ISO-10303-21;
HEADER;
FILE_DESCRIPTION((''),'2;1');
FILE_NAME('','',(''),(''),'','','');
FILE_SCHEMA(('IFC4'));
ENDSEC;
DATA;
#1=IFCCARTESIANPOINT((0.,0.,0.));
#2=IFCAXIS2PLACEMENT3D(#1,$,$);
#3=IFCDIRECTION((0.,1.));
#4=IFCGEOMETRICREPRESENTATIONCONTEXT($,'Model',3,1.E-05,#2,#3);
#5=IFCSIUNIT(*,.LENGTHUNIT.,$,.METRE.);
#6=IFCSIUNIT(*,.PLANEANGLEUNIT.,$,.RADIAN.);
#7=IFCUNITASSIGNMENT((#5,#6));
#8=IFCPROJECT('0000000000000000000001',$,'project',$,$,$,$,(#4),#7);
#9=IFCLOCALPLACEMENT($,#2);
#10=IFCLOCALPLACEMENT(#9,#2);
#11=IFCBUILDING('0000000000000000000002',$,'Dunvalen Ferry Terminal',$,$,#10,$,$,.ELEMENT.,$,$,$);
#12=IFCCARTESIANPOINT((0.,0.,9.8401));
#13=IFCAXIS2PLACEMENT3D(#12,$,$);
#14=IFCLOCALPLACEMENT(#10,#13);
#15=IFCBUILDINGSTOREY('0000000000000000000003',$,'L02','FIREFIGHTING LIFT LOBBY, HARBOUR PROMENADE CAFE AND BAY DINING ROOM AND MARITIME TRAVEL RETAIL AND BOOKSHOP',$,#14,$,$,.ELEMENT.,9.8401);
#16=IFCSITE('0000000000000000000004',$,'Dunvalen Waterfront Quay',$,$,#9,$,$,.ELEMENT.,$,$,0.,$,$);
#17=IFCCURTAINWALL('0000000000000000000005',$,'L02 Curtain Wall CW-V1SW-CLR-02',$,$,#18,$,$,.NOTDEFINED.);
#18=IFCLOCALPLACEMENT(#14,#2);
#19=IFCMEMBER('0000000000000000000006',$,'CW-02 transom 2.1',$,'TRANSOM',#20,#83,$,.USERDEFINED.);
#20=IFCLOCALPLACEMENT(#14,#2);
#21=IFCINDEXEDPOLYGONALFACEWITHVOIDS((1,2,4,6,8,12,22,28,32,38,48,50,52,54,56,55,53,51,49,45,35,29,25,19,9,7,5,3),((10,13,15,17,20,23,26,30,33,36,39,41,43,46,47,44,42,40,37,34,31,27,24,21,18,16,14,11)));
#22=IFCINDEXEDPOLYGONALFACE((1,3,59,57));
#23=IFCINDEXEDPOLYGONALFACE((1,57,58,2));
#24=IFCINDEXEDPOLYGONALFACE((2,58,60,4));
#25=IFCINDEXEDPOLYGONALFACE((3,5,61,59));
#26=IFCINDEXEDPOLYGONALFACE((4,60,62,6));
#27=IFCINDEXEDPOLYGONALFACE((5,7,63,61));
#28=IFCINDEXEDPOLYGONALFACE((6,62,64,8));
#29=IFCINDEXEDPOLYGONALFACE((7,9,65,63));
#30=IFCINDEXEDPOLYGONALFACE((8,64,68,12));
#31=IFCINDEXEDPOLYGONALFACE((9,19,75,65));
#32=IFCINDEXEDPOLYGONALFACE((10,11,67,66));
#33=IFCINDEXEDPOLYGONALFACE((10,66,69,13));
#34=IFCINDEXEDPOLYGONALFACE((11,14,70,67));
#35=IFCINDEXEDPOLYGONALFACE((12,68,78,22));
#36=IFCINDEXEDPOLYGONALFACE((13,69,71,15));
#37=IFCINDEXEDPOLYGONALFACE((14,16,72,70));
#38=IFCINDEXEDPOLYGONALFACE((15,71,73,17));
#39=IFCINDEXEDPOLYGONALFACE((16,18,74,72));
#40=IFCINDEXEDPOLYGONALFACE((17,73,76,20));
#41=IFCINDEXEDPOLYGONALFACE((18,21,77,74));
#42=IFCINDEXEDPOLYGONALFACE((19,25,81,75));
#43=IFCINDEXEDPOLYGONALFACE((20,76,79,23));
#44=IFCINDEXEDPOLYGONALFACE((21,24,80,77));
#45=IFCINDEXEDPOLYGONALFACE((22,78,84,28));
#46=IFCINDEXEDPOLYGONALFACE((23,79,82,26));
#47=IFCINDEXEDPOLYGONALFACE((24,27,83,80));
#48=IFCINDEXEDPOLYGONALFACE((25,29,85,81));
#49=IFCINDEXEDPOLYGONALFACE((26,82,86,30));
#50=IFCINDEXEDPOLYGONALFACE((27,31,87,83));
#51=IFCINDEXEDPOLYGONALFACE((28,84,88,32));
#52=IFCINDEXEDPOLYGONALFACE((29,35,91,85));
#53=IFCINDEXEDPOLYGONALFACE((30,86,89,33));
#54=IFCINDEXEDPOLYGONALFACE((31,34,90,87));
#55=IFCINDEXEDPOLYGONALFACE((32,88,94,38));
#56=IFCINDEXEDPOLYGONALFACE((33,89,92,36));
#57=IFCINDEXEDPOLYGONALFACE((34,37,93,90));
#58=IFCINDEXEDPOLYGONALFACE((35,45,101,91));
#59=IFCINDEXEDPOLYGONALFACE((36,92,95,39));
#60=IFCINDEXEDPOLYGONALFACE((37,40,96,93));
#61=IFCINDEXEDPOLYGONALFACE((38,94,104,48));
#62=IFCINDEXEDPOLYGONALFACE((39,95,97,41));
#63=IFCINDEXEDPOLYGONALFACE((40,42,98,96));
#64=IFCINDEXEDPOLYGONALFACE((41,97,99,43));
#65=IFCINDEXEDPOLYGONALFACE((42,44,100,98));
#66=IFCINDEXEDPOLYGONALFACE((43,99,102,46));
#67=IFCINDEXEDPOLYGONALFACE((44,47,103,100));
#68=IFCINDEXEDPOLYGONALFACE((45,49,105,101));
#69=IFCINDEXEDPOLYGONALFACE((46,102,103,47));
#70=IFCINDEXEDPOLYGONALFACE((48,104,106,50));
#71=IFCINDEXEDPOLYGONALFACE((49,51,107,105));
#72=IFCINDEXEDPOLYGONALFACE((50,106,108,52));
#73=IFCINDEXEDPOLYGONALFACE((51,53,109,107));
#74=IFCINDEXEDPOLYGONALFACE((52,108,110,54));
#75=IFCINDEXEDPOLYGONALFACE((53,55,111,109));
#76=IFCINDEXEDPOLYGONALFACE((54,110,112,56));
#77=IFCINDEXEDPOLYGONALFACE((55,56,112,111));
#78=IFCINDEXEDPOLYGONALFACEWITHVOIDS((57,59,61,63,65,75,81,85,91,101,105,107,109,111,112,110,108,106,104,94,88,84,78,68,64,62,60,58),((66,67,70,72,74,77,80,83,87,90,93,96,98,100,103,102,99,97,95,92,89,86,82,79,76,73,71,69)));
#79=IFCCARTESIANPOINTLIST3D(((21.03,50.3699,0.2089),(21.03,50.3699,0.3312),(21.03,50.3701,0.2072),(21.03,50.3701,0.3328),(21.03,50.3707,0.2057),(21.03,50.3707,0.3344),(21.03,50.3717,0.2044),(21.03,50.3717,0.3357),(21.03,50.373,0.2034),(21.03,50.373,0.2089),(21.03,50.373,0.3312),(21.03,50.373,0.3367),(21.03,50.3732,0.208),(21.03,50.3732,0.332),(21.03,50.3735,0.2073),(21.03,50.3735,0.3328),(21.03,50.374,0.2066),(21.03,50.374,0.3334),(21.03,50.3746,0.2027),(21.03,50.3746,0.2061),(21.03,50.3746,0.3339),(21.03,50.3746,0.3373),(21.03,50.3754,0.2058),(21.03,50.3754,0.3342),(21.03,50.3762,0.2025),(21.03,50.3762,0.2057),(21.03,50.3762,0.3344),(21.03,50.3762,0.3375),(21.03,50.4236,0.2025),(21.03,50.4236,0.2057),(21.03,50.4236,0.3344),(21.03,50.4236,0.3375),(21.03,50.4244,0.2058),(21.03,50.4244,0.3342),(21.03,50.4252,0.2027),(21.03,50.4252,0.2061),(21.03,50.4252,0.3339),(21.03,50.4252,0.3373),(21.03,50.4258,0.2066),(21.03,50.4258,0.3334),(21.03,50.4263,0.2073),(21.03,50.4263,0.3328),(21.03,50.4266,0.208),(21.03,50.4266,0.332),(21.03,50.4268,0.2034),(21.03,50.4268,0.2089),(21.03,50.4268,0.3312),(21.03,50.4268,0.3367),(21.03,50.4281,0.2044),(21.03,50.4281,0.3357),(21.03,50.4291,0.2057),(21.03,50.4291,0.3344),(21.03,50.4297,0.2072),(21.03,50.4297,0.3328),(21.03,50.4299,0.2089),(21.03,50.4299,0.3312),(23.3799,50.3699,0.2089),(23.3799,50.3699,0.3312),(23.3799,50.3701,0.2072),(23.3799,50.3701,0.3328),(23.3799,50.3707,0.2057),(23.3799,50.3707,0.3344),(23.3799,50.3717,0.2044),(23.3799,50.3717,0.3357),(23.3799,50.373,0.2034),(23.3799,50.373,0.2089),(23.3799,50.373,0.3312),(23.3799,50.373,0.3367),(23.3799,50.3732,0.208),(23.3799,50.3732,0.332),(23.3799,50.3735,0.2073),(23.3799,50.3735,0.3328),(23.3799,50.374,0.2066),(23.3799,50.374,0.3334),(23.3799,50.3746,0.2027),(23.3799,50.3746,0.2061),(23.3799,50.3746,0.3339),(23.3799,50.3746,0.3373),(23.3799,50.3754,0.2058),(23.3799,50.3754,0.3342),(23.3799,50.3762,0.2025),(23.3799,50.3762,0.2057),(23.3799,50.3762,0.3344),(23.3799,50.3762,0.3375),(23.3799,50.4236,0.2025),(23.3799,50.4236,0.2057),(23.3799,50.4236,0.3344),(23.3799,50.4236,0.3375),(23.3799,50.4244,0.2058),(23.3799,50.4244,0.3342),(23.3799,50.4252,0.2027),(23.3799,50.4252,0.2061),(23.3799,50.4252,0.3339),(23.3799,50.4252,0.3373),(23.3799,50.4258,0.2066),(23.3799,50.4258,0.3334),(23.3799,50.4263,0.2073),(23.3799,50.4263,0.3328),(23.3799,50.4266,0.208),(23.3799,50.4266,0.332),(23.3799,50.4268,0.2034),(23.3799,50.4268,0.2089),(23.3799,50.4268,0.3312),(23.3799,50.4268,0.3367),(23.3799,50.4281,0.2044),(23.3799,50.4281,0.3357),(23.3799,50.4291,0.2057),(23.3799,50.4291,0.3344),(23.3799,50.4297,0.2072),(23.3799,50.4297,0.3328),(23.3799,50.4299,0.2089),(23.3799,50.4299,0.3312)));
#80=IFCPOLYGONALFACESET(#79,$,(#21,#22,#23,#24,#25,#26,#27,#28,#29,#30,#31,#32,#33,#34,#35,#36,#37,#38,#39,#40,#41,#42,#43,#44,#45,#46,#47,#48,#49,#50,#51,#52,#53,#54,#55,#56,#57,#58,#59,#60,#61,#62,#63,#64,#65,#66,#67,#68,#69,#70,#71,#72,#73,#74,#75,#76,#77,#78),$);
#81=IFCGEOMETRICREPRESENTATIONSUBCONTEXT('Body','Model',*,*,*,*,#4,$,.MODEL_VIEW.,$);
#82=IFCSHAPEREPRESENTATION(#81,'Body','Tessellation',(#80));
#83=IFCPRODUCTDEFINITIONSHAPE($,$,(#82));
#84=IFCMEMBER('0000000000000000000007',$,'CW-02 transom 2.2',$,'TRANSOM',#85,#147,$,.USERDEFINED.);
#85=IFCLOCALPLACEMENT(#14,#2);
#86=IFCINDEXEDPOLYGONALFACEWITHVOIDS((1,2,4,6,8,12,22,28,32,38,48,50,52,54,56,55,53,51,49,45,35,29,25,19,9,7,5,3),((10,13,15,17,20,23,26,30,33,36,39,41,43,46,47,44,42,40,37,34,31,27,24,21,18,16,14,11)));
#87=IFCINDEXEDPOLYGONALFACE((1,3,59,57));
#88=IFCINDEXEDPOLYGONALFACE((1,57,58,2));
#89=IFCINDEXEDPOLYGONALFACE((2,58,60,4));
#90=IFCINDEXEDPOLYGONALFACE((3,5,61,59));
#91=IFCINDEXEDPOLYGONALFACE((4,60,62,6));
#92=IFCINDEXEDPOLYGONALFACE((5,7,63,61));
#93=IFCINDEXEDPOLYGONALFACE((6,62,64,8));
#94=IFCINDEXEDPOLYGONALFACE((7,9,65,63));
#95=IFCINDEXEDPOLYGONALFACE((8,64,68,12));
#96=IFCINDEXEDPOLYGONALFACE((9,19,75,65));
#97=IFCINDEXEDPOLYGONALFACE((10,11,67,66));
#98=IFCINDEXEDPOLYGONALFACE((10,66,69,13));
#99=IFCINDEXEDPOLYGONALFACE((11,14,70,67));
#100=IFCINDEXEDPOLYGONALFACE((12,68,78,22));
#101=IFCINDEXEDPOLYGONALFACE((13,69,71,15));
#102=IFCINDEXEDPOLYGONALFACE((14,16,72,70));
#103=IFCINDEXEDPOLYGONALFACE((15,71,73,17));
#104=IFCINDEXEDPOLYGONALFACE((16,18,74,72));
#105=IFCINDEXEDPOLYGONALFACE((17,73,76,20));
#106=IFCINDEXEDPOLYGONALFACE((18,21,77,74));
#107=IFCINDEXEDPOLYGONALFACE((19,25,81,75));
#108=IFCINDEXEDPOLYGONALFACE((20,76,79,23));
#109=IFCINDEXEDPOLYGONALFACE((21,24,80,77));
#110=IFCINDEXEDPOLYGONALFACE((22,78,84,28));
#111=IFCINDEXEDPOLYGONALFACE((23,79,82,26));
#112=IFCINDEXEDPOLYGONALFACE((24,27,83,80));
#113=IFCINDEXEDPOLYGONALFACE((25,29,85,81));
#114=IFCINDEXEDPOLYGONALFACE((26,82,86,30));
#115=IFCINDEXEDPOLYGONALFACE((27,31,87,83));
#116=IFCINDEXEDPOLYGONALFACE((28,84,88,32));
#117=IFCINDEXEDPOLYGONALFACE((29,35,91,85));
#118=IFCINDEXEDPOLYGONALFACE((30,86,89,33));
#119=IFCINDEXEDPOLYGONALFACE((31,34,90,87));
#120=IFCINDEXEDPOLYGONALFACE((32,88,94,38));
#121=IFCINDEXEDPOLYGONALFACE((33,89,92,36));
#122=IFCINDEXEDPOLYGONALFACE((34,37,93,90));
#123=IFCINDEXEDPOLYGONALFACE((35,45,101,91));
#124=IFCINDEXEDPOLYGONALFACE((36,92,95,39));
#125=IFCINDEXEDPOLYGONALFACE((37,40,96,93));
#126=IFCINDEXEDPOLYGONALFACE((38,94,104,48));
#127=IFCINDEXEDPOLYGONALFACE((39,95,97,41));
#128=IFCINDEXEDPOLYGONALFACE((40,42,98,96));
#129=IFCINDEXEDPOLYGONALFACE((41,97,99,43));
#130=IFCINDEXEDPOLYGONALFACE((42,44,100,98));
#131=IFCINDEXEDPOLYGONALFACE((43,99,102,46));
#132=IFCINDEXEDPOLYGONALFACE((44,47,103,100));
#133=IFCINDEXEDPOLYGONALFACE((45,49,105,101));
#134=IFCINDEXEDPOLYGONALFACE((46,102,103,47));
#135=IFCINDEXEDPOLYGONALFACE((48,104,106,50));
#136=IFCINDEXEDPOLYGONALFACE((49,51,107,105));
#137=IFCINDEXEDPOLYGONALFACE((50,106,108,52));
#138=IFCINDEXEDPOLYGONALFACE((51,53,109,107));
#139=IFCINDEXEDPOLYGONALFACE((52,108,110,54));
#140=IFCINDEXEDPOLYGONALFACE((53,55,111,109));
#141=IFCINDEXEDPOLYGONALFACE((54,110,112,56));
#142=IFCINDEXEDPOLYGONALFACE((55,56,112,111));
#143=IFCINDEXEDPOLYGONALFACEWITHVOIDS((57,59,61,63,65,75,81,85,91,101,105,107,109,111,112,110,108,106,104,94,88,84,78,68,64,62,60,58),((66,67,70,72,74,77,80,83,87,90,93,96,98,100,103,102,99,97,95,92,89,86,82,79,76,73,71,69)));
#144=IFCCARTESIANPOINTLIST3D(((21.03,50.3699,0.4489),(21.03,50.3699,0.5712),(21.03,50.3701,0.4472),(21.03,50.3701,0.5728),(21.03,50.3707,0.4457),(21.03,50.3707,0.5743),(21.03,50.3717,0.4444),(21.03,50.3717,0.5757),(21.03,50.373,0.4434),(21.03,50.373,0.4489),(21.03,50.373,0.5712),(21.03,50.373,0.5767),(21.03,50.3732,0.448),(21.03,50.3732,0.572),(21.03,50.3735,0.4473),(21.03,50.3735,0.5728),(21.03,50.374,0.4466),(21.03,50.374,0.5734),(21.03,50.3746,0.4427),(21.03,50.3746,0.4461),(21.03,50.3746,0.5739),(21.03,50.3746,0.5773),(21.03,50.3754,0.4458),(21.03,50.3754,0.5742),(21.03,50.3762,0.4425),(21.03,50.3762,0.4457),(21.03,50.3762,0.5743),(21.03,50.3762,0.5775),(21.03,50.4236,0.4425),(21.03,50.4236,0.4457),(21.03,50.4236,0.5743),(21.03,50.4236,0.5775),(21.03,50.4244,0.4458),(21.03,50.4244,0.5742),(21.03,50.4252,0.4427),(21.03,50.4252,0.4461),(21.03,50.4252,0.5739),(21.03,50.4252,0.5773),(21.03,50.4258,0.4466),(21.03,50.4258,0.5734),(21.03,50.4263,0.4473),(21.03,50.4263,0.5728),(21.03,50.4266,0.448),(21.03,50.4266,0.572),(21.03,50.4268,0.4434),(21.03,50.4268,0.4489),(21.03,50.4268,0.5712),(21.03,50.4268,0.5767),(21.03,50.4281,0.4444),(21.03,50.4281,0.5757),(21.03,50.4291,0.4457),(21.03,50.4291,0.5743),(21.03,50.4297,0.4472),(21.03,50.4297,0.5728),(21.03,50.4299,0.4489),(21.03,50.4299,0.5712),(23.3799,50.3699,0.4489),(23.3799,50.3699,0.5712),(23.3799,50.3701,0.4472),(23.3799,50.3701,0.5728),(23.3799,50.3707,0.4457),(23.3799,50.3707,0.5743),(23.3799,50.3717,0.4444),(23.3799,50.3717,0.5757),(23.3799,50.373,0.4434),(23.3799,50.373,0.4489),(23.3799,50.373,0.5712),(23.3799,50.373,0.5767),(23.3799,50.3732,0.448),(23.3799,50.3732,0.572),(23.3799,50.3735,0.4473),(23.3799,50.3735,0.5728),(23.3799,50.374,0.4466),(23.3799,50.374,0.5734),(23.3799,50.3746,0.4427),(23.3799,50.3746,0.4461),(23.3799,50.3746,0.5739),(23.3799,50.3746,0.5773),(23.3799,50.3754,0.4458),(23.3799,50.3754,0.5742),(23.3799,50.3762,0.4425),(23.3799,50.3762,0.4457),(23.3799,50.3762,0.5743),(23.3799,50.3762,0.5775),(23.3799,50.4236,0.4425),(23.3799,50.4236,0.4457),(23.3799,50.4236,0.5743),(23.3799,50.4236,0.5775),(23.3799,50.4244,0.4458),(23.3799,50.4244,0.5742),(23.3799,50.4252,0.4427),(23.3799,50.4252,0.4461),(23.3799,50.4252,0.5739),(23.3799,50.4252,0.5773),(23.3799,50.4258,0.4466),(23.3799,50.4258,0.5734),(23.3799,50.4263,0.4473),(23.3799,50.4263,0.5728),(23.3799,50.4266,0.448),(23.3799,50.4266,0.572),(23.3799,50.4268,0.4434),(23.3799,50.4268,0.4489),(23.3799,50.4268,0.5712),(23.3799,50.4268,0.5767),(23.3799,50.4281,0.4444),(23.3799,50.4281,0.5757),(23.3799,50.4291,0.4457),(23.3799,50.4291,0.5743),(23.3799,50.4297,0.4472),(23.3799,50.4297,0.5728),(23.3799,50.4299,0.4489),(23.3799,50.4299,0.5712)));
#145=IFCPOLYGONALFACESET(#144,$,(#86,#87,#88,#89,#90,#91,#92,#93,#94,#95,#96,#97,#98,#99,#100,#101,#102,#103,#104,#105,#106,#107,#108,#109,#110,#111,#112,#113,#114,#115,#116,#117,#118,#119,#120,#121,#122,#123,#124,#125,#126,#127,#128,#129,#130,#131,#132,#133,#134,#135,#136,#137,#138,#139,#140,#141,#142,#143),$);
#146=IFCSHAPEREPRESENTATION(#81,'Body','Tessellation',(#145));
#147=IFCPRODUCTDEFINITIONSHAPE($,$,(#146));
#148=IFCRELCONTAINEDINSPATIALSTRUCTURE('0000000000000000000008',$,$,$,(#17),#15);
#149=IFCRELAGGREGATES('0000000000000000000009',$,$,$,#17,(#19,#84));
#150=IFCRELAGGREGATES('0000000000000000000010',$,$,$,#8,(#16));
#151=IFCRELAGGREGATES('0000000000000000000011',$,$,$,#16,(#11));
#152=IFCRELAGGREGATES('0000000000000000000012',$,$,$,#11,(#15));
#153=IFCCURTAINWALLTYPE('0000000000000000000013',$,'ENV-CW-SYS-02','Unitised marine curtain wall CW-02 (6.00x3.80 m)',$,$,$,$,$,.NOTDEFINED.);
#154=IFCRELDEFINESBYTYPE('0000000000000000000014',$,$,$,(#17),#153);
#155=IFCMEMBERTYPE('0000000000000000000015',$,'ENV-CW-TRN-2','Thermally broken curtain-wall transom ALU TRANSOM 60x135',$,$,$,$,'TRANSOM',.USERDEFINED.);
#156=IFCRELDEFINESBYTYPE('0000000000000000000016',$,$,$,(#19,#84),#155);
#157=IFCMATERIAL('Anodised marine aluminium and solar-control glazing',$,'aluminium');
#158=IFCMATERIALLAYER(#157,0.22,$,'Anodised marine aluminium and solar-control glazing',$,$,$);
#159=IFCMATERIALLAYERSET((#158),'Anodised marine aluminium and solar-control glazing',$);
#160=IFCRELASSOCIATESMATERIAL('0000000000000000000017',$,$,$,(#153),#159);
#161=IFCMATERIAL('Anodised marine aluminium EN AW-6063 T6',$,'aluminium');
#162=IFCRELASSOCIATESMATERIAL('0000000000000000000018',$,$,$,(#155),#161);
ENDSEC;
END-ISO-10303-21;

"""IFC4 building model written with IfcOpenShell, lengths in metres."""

from ifc_helpers import new_model, si_unit, direction, frame, origin, origin_2d, place, context, subcontext, project, spatial, hollow_rectangle, extrude, material, layer, layer_set, material_profile, profile_set, type_object, element, aggregate, save


model = new_model("IFC4")

# Units and contexts
model_context = context("Model", 3, precision=1e-05, world=origin(), true_north=direction((0.0, 1.0)))
body_context = subcontext(model_context, "Body", "Model", "MODEL_VIEW")
ifc_project = project(units=[si_unit("LENGTHUNIT", "METRE"), si_unit("PLANEANGLEUNIT", "RADIAN")], contexts=[model_context])

# Site, building, storey
site_placement = place(None, origin())
site = spatial("IfcSite", under=ifc_project, at=site_placement, Name="Dunvalen Waterfront Quay", CompositionType="ELEMENT", RefElevation=0.0)
building_placement = place(site_placement, origin())
building = spatial("IfcBuilding", under=site, at=building_placement, Name="Dunvalen Ferry Terminal", CompositionType="ELEMENT")
storey_placement = place(building_placement, frame((0.0, 0.0, 9.8401)))
storey = spatial("IfcBuildingStorey", under=building, at=storey_placement, Name="L02", Description="FIREFIGHTING LIFT LOBBY, HARBOUR PROMENADE CAFE AND BAY DINING ROOM AND MARITIME TRAVEL RETAIL AND BOOKSHOP", CompositionType="ELEMENT", Elevation=9.8401)

# Curtain wall
ifc_material_1 = material(Name="Anodised marine aluminium and solar-control glazing", Category="aluminium")
ifc_layer_1 = layer(ifc_material_1, 0.22, Name="Anodised marine aluminium and solar-control glazing")
ifc_layer_set_1 = layer_set([ifc_layer_1], Name="Anodised marine aluminium and solar-control glazing")
curtain_wall_type = type_object("IfcCurtainWallType", Name="ENV-CW-SYS-02", Description="Unitised marine curtain wall CW-02 (6.00x3.80 m)", PredefinedType="NOTDEFINED", material=ifc_layer_set_1)
ifc_material_2 = material(Name="Anodised marine aluminium EN AW-6063 T6", Category="aluminium")
curtain_wall_1_placement = place(storey_placement, origin())
curtain_wall_1 = element("IfcCurtainWall", 1, at=curtain_wall_1_placement, inside=storey, type_object=curtain_wall_type, Name="L02 Curtain Wall CW-V1SW-CLR-02", PredefinedType="NOTDEFINED")

# Members
ifc_material_profile_1 = material_profile(ifc_material_2, hollow_rectangle(XDim=0.0601, YDim=0.135, WallThickness=0.0032, InnerFilletRadius=0.0032, OuterFilletRadius=0.0063, at=origin_2d()), Name="Anodised marine aluminium EN AW-6063 T6")
ifc_profile_set_1 = profile_set([ifc_material_profile_1], Name="Anodised marine aluminium EN AW-6063 T6")
member_type_1 = type_object("IfcMemberType", Name="ENV-CW-TRN-2", Description="Thermally broken curtain-wall transom ALU TRANSOM 60x135", ElementType="TRANSOM", PredefinedType="USERDEFINED", material=ifc_profile_set_1)
member_1_placement = place(storey_placement, frame((21.03, 50.3999, 0.27), z_axis=(1.0, 0.0, 0.0), x_axis=(0.0, 1.0, 0.0)))
member_1 = element("IfcMember", 2, at=member_1_placement, type_object=member_type_1, Name="CW-02 transom 2.1", ObjectType="TRANSOM", PredefinedType="USERDEFINED", context=body_context, shape_type="SweptSolid", body=[
    extrude(hollow_rectangle(XDim=0.0601, YDim=0.135, WallThickness=0.0032, InnerFilletRadius=0.0032, OuterFilletRadius=0.0063, at=origin_2d()), origin(), (0.0, 0.0, 1.0), 2.3499),
])
member_2_placement = place(storey_placement, frame((21.03, 50.3999, 0.51), z_axis=(1.0, 0.0, 0.0), x_axis=(0.0, 1.0, 0.0)))
member_2 = element("IfcMember", 3, at=member_2_placement, type_object=member_type_1, Name="CW-02 transom 2.2", ObjectType="TRANSOM", PredefinedType="USERDEFINED", context=body_context, shape_type="SweptSolid", body=[
    extrude(hollow_rectangle(XDim=0.0601, YDim=0.135, WallThickness=0.0032, InnerFilletRadius=0.0032, OuterFilletRadius=0.0063, at=origin_2d()), origin(), (0.0, 0.0, 1.0), 2.3499),
])

aggregate(curtain_wall_1, [member_1, member_2])

save(model, "model.ifc")
